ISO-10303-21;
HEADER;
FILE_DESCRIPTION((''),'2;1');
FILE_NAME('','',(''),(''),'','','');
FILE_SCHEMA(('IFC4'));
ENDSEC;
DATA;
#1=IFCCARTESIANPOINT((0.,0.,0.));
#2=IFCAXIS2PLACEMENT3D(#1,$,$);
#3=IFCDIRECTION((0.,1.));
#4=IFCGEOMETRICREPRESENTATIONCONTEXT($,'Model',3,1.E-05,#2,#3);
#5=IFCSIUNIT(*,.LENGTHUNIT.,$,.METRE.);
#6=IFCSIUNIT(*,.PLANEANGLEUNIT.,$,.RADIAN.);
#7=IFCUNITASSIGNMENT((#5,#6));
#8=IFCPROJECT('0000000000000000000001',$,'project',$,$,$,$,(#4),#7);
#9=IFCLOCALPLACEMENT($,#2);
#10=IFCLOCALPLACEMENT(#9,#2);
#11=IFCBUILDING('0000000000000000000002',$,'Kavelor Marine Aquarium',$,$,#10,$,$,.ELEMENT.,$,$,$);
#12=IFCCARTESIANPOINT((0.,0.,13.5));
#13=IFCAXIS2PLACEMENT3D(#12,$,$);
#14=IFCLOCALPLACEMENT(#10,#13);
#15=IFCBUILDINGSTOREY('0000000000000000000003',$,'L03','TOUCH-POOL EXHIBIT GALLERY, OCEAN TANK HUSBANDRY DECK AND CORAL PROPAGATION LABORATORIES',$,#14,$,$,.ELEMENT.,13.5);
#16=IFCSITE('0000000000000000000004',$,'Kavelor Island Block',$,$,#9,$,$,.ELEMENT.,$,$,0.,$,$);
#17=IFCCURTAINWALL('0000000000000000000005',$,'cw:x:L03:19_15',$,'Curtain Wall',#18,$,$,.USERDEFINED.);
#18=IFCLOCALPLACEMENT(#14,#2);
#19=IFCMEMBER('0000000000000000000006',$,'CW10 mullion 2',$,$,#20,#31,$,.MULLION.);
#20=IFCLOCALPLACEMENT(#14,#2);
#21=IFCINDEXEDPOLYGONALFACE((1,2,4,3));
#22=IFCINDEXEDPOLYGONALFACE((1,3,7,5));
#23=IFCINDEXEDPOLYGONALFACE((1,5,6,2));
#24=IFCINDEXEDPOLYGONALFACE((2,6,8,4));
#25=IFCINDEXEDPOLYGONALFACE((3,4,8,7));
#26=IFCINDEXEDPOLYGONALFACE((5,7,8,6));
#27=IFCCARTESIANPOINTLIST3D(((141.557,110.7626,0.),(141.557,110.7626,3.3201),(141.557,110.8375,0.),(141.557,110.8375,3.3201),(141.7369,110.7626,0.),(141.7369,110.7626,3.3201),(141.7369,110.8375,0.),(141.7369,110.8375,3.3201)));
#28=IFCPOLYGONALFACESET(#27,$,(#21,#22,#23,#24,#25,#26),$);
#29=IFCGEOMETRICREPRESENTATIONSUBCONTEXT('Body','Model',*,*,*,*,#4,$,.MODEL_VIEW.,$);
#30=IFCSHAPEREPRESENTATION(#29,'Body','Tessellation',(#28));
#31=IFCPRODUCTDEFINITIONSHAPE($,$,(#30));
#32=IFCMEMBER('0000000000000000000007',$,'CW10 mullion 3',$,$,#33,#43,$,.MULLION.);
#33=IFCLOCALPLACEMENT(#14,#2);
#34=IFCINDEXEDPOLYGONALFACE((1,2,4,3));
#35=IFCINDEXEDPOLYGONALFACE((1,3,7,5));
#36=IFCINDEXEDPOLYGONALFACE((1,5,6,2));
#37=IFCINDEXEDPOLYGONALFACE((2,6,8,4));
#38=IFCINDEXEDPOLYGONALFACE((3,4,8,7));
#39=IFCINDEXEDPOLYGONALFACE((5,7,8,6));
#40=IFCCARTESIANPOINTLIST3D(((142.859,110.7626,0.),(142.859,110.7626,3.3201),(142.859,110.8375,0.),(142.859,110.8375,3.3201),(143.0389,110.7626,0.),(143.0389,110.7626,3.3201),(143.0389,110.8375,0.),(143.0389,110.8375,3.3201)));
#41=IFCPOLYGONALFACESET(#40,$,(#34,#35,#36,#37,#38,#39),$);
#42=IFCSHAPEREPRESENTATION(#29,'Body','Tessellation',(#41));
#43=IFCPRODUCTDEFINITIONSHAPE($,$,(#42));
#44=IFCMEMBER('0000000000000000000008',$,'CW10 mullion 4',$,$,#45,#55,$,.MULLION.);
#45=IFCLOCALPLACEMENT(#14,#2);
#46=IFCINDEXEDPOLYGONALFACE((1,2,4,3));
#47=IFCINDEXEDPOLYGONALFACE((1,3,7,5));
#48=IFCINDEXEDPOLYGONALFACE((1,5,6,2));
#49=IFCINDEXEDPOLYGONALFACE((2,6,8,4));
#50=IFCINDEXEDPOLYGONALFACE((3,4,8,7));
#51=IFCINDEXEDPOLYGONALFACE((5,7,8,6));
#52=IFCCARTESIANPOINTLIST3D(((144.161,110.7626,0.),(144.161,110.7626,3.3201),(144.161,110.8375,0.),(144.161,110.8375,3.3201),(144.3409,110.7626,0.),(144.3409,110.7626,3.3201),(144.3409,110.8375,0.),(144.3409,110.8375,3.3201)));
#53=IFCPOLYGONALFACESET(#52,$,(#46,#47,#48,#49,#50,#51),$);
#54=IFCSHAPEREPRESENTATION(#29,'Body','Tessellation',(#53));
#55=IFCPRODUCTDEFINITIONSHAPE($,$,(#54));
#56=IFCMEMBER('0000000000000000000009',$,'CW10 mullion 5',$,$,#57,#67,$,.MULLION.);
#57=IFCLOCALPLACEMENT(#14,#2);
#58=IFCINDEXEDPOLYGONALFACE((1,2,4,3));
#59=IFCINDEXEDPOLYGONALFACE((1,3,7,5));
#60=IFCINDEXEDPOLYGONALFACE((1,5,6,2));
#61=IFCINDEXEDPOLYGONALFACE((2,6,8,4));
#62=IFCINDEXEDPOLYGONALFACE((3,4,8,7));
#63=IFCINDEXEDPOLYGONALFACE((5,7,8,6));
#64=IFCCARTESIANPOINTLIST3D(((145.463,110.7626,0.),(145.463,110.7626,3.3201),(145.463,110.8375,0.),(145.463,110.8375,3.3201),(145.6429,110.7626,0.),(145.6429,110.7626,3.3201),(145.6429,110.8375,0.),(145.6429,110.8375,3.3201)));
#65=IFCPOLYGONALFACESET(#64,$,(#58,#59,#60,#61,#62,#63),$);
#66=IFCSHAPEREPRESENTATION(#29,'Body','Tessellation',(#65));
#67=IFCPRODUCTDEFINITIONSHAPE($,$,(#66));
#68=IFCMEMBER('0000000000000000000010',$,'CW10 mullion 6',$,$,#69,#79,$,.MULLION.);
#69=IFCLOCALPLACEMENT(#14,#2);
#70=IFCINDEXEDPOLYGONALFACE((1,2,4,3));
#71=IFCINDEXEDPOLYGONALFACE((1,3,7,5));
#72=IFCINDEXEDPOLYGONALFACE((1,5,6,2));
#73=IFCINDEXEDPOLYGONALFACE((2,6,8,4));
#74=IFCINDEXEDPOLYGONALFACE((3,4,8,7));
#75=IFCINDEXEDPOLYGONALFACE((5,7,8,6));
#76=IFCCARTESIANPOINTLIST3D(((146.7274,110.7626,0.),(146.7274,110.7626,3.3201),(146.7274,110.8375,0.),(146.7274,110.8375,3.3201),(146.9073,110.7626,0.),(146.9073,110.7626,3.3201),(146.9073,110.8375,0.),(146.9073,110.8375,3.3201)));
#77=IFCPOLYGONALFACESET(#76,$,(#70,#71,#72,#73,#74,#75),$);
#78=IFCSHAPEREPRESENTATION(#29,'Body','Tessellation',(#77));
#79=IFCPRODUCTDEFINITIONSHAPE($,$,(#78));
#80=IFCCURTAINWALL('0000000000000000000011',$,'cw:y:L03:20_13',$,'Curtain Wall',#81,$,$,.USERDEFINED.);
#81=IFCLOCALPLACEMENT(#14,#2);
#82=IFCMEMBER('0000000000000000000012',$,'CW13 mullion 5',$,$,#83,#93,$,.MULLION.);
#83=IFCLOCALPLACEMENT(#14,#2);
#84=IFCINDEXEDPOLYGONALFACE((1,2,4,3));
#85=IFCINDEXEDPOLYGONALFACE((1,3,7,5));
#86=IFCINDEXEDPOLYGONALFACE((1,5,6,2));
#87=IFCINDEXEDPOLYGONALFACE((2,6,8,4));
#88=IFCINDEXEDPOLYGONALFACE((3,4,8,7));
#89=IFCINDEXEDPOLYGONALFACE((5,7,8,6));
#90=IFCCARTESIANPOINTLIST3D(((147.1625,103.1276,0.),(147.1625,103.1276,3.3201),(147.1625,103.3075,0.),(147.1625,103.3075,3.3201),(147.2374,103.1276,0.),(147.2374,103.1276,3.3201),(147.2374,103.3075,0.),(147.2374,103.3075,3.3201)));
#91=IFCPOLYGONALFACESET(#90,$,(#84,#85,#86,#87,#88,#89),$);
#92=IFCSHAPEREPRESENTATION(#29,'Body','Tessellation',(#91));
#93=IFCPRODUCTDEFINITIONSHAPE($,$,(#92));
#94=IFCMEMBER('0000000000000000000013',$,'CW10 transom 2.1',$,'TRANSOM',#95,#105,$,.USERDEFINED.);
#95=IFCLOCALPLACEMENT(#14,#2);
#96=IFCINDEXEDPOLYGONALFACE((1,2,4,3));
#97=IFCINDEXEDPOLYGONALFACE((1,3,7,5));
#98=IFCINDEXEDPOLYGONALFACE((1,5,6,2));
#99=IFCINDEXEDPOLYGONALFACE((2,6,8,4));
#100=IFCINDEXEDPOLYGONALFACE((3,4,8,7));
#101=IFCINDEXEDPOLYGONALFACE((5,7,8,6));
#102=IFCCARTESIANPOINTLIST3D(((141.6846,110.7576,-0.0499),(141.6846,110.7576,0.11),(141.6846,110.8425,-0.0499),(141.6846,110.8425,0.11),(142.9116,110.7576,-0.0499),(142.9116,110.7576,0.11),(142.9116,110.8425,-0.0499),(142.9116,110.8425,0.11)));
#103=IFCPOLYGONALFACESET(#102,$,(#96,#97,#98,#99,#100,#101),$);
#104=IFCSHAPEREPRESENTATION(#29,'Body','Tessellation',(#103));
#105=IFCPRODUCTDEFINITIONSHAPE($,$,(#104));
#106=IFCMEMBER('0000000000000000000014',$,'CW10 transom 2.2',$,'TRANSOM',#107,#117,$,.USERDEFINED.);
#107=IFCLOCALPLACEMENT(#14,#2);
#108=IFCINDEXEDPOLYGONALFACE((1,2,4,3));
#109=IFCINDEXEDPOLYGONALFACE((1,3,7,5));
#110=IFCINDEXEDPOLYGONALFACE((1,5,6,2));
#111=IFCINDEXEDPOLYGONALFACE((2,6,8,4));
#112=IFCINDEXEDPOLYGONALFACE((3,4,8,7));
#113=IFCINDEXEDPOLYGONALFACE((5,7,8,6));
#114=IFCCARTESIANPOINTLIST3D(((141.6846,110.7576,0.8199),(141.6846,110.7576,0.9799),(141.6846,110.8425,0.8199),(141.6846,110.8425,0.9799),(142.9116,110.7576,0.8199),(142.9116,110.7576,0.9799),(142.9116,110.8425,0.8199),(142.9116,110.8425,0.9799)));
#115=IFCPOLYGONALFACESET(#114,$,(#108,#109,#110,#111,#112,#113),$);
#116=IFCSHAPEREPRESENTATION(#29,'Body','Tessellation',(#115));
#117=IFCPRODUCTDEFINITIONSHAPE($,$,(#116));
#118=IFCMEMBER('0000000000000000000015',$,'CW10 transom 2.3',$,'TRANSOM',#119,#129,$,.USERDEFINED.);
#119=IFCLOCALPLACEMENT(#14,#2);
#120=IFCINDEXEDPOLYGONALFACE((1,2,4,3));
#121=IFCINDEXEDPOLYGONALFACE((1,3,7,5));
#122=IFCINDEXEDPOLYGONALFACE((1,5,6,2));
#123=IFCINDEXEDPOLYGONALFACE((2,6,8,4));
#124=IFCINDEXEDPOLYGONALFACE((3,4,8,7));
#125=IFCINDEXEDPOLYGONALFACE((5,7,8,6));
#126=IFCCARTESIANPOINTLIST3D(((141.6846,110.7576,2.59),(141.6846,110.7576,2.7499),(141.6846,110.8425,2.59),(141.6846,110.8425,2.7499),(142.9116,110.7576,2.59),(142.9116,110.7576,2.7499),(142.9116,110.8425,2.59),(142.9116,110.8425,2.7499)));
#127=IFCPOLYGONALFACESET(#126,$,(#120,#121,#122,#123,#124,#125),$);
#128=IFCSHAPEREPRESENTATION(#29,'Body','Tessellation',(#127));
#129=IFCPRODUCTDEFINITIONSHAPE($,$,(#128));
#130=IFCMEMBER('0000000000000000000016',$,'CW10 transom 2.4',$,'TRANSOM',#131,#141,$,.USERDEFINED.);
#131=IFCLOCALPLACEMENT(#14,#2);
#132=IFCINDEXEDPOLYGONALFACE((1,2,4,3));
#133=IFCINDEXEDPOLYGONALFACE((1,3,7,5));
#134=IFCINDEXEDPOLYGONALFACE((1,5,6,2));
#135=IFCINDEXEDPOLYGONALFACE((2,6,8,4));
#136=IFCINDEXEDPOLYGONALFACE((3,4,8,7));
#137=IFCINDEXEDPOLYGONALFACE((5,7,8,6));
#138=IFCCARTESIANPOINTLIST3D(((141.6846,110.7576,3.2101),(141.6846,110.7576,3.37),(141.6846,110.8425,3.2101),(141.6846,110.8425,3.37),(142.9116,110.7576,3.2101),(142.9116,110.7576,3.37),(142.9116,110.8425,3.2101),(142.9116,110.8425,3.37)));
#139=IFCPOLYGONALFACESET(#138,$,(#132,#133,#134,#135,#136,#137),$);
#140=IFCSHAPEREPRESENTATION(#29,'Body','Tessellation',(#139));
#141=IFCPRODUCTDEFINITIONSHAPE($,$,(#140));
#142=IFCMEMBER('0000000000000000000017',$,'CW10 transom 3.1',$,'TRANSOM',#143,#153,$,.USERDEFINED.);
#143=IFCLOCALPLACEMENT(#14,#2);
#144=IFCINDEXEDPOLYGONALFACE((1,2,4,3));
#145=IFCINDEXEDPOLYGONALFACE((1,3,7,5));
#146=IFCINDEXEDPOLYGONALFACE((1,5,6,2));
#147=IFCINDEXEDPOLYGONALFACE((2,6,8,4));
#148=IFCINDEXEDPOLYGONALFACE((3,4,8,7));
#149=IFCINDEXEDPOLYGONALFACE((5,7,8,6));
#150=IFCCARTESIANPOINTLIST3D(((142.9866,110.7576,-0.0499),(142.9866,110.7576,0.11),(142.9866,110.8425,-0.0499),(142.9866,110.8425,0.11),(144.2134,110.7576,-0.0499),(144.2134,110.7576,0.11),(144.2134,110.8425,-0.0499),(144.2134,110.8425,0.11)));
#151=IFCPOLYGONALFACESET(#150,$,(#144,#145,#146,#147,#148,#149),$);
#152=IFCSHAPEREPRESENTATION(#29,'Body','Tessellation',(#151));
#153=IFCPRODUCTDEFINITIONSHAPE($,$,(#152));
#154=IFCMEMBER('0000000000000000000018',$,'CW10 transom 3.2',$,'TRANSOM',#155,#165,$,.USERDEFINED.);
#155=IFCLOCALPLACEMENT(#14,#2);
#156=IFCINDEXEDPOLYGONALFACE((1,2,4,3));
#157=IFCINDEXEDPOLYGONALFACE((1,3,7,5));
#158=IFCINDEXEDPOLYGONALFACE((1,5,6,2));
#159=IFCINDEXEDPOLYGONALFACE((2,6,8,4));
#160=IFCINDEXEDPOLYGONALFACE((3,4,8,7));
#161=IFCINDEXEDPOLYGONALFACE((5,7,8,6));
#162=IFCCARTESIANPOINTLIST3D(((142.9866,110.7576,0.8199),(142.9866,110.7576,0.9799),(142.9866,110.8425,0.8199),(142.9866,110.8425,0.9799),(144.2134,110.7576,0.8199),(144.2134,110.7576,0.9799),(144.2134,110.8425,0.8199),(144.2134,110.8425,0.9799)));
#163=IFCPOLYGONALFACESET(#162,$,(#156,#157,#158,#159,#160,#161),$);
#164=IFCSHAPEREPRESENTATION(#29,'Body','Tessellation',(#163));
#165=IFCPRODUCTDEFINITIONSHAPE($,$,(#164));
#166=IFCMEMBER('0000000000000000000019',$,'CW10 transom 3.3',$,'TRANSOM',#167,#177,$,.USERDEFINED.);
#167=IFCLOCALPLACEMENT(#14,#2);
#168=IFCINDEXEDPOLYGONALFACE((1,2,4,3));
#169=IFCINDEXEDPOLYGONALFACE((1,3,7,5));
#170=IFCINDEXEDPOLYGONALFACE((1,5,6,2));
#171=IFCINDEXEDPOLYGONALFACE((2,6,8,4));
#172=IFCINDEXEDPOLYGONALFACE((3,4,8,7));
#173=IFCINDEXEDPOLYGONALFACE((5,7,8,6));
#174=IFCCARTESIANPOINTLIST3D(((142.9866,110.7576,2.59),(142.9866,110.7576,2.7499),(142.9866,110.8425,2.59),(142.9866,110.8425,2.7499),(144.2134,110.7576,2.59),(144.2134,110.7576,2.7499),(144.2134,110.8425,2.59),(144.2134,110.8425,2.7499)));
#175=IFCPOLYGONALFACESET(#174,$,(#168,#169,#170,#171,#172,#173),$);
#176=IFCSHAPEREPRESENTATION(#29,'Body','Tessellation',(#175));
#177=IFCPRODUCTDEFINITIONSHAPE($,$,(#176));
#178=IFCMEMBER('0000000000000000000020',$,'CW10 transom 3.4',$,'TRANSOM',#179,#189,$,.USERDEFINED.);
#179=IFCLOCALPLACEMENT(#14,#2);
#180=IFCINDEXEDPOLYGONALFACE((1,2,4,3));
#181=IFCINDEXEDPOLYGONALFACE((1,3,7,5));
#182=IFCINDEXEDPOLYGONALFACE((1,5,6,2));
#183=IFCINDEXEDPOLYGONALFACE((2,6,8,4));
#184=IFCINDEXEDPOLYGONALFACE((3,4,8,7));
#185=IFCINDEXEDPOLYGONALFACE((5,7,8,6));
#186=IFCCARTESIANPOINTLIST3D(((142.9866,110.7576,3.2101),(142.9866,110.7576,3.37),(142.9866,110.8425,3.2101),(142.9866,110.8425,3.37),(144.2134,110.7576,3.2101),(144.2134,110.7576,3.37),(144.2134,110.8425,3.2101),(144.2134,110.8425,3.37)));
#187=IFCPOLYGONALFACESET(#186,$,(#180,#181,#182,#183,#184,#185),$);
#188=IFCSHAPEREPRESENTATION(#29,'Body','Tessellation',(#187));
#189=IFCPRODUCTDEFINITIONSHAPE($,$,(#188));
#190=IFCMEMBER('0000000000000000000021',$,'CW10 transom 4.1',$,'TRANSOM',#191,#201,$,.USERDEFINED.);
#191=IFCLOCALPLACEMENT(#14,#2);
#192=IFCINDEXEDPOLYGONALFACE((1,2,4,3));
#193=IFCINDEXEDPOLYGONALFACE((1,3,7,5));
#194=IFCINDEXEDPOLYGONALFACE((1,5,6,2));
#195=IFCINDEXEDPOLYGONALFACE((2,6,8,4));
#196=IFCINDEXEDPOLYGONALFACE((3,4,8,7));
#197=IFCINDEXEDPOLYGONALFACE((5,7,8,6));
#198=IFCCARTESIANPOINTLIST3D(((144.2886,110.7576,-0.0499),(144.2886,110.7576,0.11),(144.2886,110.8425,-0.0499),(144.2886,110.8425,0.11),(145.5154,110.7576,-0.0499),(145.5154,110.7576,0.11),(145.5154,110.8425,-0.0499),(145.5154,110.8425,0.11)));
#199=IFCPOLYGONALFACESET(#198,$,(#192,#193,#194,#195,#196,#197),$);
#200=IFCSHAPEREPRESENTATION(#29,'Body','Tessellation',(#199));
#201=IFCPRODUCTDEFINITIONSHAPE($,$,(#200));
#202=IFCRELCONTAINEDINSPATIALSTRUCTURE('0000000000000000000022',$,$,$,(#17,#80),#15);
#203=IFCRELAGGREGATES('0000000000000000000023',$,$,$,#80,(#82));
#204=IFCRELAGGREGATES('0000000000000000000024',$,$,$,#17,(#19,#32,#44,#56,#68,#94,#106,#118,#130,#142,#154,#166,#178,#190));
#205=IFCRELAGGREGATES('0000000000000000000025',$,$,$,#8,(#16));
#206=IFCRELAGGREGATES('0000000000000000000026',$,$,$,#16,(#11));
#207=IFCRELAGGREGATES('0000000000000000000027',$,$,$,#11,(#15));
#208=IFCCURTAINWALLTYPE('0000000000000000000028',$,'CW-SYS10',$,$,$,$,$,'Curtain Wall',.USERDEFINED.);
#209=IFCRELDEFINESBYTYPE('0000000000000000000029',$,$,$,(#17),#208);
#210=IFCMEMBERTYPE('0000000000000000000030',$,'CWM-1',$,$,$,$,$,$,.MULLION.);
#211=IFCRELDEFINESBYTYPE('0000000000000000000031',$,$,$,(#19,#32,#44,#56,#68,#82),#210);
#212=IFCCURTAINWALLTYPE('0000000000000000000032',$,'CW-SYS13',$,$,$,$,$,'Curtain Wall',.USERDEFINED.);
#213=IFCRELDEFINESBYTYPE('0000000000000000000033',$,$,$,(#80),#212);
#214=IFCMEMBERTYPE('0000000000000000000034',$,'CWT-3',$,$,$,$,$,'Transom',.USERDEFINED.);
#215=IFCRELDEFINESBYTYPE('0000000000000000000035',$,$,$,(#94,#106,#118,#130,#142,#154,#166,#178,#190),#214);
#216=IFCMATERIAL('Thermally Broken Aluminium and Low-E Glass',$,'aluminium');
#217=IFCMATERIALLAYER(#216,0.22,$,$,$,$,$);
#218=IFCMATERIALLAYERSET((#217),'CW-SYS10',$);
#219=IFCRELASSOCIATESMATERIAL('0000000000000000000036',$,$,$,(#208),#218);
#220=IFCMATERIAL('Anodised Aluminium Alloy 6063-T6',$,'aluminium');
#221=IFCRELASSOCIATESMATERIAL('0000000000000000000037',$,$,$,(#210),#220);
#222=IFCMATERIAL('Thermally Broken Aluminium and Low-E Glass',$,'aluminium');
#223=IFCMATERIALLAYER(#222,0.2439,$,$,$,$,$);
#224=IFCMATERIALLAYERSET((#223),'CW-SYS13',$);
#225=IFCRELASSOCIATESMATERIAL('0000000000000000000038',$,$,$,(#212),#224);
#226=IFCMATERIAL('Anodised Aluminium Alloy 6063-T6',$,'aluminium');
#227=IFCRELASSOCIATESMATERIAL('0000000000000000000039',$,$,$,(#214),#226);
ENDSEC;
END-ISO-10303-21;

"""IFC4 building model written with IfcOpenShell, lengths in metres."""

from ifc_helpers import new_model, si_unit, direction, frame, origin, origin_2d, place, context, subcontext, project, spatial, rectangle, extrude, material, layer, layer_set, material_profile, profile_set, type_object, element, aggregate, save


model = new_model("IFC4")

# Units and contexts
model_context = context("Model", 3, precision=1e-05, world=origin(), true_north=direction((0.0, 1.0)))
body_context = subcontext(model_context, "Body", "Model", "MODEL_VIEW")
ifc_project = project(units=[si_unit("LENGTHUNIT", "METRE"), si_unit("PLANEANGLEUNIT", "RADIAN")], contexts=[model_context])

# Site, building, storey
site_placement = place(None, origin())
site = spatial("IfcSite", under=ifc_project, at=site_placement, Name="Kavelor Island Block", CompositionType="ELEMENT", RefElevation=0.0)
building_placement = place(site_placement, origin())
building = spatial("IfcBuilding", under=site, at=building_placement, Name="Kavelor Marine Aquarium", CompositionType="ELEMENT")
storey_placement = place(building_placement, frame((0.0, 0.0, 13.5)))
storey = spatial("IfcBuildingStorey", under=building, at=storey_placement, Name="L03", Description="TOUCH-POOL EXHIBIT GALLERY, OCEAN TANK HUSBANDRY DECK AND CORAL PROPAGATION LABORATORIES", CompositionType="ELEMENT", Elevation=13.5)

# Curtain wall, members
ifc_material_1 = material(Name="Thermally Broken Aluminium and Low-E Glass", Category="aluminium")
ifc_layer_1 = layer(ifc_material_1, 0.22)
ifc_layer_set_1 = layer_set([ifc_layer_1], Name="CW-SYS10")
curtain_wall_type_1 = type_object("IfcCurtainWallType", Name="CW-SYS10", ElementType="Curtain Wall", PredefinedType="USERDEFINED", material=ifc_layer_set_1)
curtain_wall_1_placement = place(storey_placement, origin())
curtain_wall_1 = element("IfcCurtainWall", 1, at=curtain_wall_1_placement, inside=storey, type_object=curtain_wall_type_1, Name="cw:x:L03:19_15", ObjectType="Curtain Wall", PredefinedType="USERDEFINED")
ifc_material_2 = material(Name="Anodised Aluminium Alloy 6063-T6", Category="aluminium")
ifc_material_profile_1 = material_profile(ifc_material_2, rectangle(XDim=0.075, YDim=0.1799, at=origin_2d()), Name="CW-MUL 75x180")
ifc_profile_set_1 = profile_set([ifc_material_profile_1], Name="Anodised Aluminium Alloy 6063-T6")
member_type_1 = type_object("IfcMemberType", Name="CWM-1", PredefinedType="MULLION", material=ifc_profile_set_1)
member_1_placement = place(storey_placement, frame((141.647, 110.8, 0.0), z_axis=(0.0, 0.0, 1.0), x_axis=(0.0, 1.0, 0.0)))
member_1 = element("IfcMember", 2, at=member_1_placement, type_object=member_type_1, Name="CW10 mullion 2", PredefinedType="MULLION", context=body_context, shape_type="SweptSolid", body=[
    extrude(rectangle(XDim=0.075, YDim=0.1799, at=origin_2d()), origin(), (0.0, 0.0, 1.0), 3.3201),
])
member_2_placement = place(storey_placement, frame((142.949, 110.8, 0.0), z_axis=(0.0, 0.0, 1.0), x_axis=(0.0, 1.0, 0.0)))
member_2 = element("IfcMember", 3, at=member_2_placement, type_object=member_type_1, Name="CW10 mullion 3", PredefinedType="MULLION", context=body_context, shape_type="SweptSolid", body=[
    extrude(rectangle(XDim=0.075, YDim=0.1799, at=origin_2d()), origin(), (0.0, 0.0, 1.0), 3.3201),
])
member_3_placement = place(storey_placement, frame((144.251, 110.8, 0.0), z_axis=(0.0, 0.0, 1.0), x_axis=(0.0, 1.0, 0.0)))
member_3 = element("IfcMember", 4, at=member_3_placement, type_object=member_type_1, Name="CW10 mullion 4", PredefinedType="MULLION", context=body_context, shape_type="SweptSolid", body=[
    extrude(rectangle(XDim=0.075, YDim=0.1799, at=origin_2d()), origin(), (0.0, 0.0, 1.0), 3.3201),
])
member_4_placement = place(storey_placement, frame((145.553, 110.8, 0.0), z_axis=(0.0, 0.0, 1.0), x_axis=(0.0, 1.0, 0.0)))
member_4 = element("IfcMember", 5, at=member_4_placement, type_object=member_type_1, Name="CW10 mullion 5", PredefinedType="MULLION", context=body_context, shape_type="SweptSolid", body=[
    extrude(rectangle(XDim=0.075, YDim=0.1799, at=origin_2d()), origin(), (0.0, 0.0, 1.0), 3.3201),
])
member_5_placement = place(storey_placement, frame((146.8174, 110.8, 0.0), z_axis=(0.0, 0.0, 1.0), x_axis=(0.0, 1.0, 0.0)))
member_5 = element("IfcMember", 6, at=member_5_placement, type_object=member_type_1, Name="CW10 mullion 6", PredefinedType="MULLION", context=body_context, shape_type="SweptSolid", body=[
    extrude(rectangle(XDim=0.075, YDim=0.1799, at=origin_2d()), origin(), (0.0, 0.0, 1.0), 3.3201),
])

# Curtain wall, member
ifc_material_3 = material(Name="Thermally Broken Aluminium and Low-E Glass", Category="aluminium")
ifc_layer_2 = layer(ifc_material_3, 0.2439)
ifc_layer_set_2 = layer_set([ifc_layer_2], Name="CW-SYS13")
curtain_wall_type_2 = type_object("IfcCurtainWallType", Name="CW-SYS13", ElementType="Curtain Wall", PredefinedType="USERDEFINED", material=ifc_layer_set_2)
curtain_wall_2_placement = place(storey_placement, origin())
curtain_wall_2 = element("IfcCurtainWall", 7, at=curtain_wall_2_placement, inside=storey, type_object=curtain_wall_type_2, Name="cw:y:L03:20_13", ObjectType="Curtain Wall", PredefinedType="USERDEFINED")
member_6_placement = place(storey_placement, frame((147.2, 103.2175, 0.0), z_axis=(0.0, 0.0, 1.0), x_axis=(-1.0, 0.0, 0.0)))
member_6 = element("IfcMember", 8, at=member_6_placement, type_object=member_type_1, Name="CW13 mullion 5", PredefinedType="MULLION", context=body_context, shape_type="SweptSolid", body=[
    extrude(rectangle(XDim=0.075, YDim=0.1799, at=origin_2d()), origin(), (0.0, 0.0, 1.0), 3.3201),
])

# Members
ifc_material_4 = material(Name="Anodised Aluminium Alloy 6063-T6", Category="aluminium")
ifc_material_profile_2 = material_profile(ifc_material_4, rectangle(XDim=0.085, YDim=0.1599, at=origin_2d()), Name="CW-TRN 85x160")
ifc_profile_set_2 = profile_set([ifc_material_profile_2], Name="Anodised Aluminium Alloy 6063-T6")
member_type_2 = type_object("IfcMemberType", Name="CWT-3", ElementType="Transom", PredefinedType="USERDEFINED", material=ifc_profile_set_2)
member_7_placement = place(storey_placement, frame((141.6846, 110.8, 0.03), z_axis=(1.0, 0.0, 0.0), x_axis=(0.0, 1.0, 0.0)))
member_7 = element("IfcMember", 9, at=member_7_placement, type_object=member_type_2, Name="CW10 transom 2.1", ObjectType="TRANSOM", PredefinedType="USERDEFINED", context=body_context, shape_type="SweptSolid", body=[
    extrude(rectangle(XDim=0.085, YDim=0.1599, at=origin_2d()), origin(), (0.0, 0.0, 1.0), 1.2271),
])
member_8_placement = place(storey_placement, frame((141.6846, 110.8, 0.8999), z_axis=(1.0, 0.0, 0.0), x_axis=(0.0, 1.0, 0.0)))
member_8 = element("IfcMember", 10, at=member_8_placement, type_object=member_type_2, Name="CW10 transom 2.2", ObjectType="TRANSOM", PredefinedType="USERDEFINED", context=body_context, shape_type="SweptSolid", body=[
    extrude(rectangle(XDim=0.085, YDim=0.1599, at=origin_2d()), origin(), (0.0, 0.0, 1.0), 1.2271),
])
member_9_placement = place(storey_placement, frame((141.6846, 110.8, 2.6699), z_axis=(1.0, 0.0, 0.0), x_axis=(0.0, 1.0, 0.0)))
member_9 = element("IfcMember", 11, at=member_9_placement, type_object=member_type_2, Name="CW10 transom 2.3", ObjectType="TRANSOM", PredefinedType="USERDEFINED", context=body_context, shape_type="SweptSolid", body=[
    extrude(rectangle(XDim=0.085, YDim=0.1599, at=origin_2d()), origin(), (0.0, 0.0, 1.0), 1.2271),
])
member_10_placement = place(storey_placement, frame((141.6846, 110.8, 3.29), z_axis=(1.0, 0.0, 0.0), x_axis=(0.0, 1.0, 0.0)))
member_10 = element("IfcMember", 12, at=member_10_placement, type_object=member_type_2, Name="CW10 transom 2.4", ObjectType="TRANSOM", PredefinedType="USERDEFINED", context=body_context, shape_type="SweptSolid", body=[
    extrude(rectangle(XDim=0.085, YDim=0.1599, at=origin_2d()), origin(), (0.0, 0.0, 1.0), 1.2271),
])
member_11_placement = place(storey_placement, frame((142.9866, 110.8, 0.03), z_axis=(1.0, 0.0, 0.0), x_axis=(0.0, 1.0, 0.0)))
member_11 = element("IfcMember", 13, at=member_11_placement, type_object=member_type_2, Name="CW10 transom 3.1", ObjectType="TRANSOM", PredefinedType="USERDEFINED", context=body_context, shape_type="SweptSolid", body=[
    extrude(rectangle(XDim=0.085, YDim=0.1599, at=origin_2d()), origin(), (0.0, 0.0, 1.0), 1.2268),
])
member_12_placement = place(storey_placement, frame((142.9866, 110.8, 0.8999), z_axis=(1.0, 0.0, 0.0), x_axis=(0.0, 1.0, 0.0)))
member_12 = element("IfcMember", 14, at=member_12_placement, type_object=member_type_2, Name="CW10 transom 3.2", ObjectType="TRANSOM", PredefinedType="USERDEFINED", context=body_context, shape_type="SweptSolid", body=[
    extrude(rectangle(XDim=0.085, YDim=0.1599, at=origin_2d()), origin(), (0.0, 0.0, 1.0), 1.2268),
])
member_13_placement = place(storey_placement, frame((142.9866, 110.8, 2.6699), z_axis=(1.0, 0.0, 0.0), x_axis=(0.0, 1.0, 0.0)))
member_13 = element("IfcMember", 15, at=member_13_placement, type_object=member_type_2, Name="CW10 transom 3.3", ObjectType="TRANSOM", PredefinedType="USERDEFINED", context=body_context, shape_type="SweptSolid", body=[
    extrude(rectangle(XDim=0.085, YDim=0.1599, at=origin_2d()), origin(), (0.0, 0.0, 1.0), 1.2268),
])
member_14_placement = place(storey_placement, frame((142.9866, 110.8, 3.29), z_axis=(1.0, 0.0, 0.0), x_axis=(0.0, 1.0, 0.0)))
member_14 = element("IfcMember", 16, at=member_14_placement, type_object=member_type_2, Name="CW10 transom 3.4", ObjectType="TRANSOM", PredefinedType="USERDEFINED", context=body_context, shape_type="SweptSolid", body=[
    extrude(rectangle(XDim=0.085, YDim=0.1599, at=origin_2d()), origin(), (0.0, 0.0, 1.0), 1.2268),
])
member_15_placement = place(storey_placement, frame((144.2886, 110.8, 0.03), z_axis=(1.0, 0.0, 0.0), x_axis=(0.0, 1.0, 0.0)))
member_15 = element("IfcMember", 17, at=member_15_placement, type_object=member_type_2, Name="CW10 transom 4.1", ObjectType="TRANSOM", PredefinedType="USERDEFINED", context=body_context, shape_type="SweptSolid", body=[
    extrude(rectangle(XDim=0.085, YDim=0.1599, at=origin_2d()), origin(), (0.0, 0.0, 1.0), 1.2268),
])

aggregate(curtain_wall_2, [member_6])
aggregate(curtain_wall_1, [member_1, member_2, member_3, member_4, member_5, member_7, member_8, member_9, member_10, member_11, member_12, member_13, member_14, member_15])

save(model, "model.ifc")
